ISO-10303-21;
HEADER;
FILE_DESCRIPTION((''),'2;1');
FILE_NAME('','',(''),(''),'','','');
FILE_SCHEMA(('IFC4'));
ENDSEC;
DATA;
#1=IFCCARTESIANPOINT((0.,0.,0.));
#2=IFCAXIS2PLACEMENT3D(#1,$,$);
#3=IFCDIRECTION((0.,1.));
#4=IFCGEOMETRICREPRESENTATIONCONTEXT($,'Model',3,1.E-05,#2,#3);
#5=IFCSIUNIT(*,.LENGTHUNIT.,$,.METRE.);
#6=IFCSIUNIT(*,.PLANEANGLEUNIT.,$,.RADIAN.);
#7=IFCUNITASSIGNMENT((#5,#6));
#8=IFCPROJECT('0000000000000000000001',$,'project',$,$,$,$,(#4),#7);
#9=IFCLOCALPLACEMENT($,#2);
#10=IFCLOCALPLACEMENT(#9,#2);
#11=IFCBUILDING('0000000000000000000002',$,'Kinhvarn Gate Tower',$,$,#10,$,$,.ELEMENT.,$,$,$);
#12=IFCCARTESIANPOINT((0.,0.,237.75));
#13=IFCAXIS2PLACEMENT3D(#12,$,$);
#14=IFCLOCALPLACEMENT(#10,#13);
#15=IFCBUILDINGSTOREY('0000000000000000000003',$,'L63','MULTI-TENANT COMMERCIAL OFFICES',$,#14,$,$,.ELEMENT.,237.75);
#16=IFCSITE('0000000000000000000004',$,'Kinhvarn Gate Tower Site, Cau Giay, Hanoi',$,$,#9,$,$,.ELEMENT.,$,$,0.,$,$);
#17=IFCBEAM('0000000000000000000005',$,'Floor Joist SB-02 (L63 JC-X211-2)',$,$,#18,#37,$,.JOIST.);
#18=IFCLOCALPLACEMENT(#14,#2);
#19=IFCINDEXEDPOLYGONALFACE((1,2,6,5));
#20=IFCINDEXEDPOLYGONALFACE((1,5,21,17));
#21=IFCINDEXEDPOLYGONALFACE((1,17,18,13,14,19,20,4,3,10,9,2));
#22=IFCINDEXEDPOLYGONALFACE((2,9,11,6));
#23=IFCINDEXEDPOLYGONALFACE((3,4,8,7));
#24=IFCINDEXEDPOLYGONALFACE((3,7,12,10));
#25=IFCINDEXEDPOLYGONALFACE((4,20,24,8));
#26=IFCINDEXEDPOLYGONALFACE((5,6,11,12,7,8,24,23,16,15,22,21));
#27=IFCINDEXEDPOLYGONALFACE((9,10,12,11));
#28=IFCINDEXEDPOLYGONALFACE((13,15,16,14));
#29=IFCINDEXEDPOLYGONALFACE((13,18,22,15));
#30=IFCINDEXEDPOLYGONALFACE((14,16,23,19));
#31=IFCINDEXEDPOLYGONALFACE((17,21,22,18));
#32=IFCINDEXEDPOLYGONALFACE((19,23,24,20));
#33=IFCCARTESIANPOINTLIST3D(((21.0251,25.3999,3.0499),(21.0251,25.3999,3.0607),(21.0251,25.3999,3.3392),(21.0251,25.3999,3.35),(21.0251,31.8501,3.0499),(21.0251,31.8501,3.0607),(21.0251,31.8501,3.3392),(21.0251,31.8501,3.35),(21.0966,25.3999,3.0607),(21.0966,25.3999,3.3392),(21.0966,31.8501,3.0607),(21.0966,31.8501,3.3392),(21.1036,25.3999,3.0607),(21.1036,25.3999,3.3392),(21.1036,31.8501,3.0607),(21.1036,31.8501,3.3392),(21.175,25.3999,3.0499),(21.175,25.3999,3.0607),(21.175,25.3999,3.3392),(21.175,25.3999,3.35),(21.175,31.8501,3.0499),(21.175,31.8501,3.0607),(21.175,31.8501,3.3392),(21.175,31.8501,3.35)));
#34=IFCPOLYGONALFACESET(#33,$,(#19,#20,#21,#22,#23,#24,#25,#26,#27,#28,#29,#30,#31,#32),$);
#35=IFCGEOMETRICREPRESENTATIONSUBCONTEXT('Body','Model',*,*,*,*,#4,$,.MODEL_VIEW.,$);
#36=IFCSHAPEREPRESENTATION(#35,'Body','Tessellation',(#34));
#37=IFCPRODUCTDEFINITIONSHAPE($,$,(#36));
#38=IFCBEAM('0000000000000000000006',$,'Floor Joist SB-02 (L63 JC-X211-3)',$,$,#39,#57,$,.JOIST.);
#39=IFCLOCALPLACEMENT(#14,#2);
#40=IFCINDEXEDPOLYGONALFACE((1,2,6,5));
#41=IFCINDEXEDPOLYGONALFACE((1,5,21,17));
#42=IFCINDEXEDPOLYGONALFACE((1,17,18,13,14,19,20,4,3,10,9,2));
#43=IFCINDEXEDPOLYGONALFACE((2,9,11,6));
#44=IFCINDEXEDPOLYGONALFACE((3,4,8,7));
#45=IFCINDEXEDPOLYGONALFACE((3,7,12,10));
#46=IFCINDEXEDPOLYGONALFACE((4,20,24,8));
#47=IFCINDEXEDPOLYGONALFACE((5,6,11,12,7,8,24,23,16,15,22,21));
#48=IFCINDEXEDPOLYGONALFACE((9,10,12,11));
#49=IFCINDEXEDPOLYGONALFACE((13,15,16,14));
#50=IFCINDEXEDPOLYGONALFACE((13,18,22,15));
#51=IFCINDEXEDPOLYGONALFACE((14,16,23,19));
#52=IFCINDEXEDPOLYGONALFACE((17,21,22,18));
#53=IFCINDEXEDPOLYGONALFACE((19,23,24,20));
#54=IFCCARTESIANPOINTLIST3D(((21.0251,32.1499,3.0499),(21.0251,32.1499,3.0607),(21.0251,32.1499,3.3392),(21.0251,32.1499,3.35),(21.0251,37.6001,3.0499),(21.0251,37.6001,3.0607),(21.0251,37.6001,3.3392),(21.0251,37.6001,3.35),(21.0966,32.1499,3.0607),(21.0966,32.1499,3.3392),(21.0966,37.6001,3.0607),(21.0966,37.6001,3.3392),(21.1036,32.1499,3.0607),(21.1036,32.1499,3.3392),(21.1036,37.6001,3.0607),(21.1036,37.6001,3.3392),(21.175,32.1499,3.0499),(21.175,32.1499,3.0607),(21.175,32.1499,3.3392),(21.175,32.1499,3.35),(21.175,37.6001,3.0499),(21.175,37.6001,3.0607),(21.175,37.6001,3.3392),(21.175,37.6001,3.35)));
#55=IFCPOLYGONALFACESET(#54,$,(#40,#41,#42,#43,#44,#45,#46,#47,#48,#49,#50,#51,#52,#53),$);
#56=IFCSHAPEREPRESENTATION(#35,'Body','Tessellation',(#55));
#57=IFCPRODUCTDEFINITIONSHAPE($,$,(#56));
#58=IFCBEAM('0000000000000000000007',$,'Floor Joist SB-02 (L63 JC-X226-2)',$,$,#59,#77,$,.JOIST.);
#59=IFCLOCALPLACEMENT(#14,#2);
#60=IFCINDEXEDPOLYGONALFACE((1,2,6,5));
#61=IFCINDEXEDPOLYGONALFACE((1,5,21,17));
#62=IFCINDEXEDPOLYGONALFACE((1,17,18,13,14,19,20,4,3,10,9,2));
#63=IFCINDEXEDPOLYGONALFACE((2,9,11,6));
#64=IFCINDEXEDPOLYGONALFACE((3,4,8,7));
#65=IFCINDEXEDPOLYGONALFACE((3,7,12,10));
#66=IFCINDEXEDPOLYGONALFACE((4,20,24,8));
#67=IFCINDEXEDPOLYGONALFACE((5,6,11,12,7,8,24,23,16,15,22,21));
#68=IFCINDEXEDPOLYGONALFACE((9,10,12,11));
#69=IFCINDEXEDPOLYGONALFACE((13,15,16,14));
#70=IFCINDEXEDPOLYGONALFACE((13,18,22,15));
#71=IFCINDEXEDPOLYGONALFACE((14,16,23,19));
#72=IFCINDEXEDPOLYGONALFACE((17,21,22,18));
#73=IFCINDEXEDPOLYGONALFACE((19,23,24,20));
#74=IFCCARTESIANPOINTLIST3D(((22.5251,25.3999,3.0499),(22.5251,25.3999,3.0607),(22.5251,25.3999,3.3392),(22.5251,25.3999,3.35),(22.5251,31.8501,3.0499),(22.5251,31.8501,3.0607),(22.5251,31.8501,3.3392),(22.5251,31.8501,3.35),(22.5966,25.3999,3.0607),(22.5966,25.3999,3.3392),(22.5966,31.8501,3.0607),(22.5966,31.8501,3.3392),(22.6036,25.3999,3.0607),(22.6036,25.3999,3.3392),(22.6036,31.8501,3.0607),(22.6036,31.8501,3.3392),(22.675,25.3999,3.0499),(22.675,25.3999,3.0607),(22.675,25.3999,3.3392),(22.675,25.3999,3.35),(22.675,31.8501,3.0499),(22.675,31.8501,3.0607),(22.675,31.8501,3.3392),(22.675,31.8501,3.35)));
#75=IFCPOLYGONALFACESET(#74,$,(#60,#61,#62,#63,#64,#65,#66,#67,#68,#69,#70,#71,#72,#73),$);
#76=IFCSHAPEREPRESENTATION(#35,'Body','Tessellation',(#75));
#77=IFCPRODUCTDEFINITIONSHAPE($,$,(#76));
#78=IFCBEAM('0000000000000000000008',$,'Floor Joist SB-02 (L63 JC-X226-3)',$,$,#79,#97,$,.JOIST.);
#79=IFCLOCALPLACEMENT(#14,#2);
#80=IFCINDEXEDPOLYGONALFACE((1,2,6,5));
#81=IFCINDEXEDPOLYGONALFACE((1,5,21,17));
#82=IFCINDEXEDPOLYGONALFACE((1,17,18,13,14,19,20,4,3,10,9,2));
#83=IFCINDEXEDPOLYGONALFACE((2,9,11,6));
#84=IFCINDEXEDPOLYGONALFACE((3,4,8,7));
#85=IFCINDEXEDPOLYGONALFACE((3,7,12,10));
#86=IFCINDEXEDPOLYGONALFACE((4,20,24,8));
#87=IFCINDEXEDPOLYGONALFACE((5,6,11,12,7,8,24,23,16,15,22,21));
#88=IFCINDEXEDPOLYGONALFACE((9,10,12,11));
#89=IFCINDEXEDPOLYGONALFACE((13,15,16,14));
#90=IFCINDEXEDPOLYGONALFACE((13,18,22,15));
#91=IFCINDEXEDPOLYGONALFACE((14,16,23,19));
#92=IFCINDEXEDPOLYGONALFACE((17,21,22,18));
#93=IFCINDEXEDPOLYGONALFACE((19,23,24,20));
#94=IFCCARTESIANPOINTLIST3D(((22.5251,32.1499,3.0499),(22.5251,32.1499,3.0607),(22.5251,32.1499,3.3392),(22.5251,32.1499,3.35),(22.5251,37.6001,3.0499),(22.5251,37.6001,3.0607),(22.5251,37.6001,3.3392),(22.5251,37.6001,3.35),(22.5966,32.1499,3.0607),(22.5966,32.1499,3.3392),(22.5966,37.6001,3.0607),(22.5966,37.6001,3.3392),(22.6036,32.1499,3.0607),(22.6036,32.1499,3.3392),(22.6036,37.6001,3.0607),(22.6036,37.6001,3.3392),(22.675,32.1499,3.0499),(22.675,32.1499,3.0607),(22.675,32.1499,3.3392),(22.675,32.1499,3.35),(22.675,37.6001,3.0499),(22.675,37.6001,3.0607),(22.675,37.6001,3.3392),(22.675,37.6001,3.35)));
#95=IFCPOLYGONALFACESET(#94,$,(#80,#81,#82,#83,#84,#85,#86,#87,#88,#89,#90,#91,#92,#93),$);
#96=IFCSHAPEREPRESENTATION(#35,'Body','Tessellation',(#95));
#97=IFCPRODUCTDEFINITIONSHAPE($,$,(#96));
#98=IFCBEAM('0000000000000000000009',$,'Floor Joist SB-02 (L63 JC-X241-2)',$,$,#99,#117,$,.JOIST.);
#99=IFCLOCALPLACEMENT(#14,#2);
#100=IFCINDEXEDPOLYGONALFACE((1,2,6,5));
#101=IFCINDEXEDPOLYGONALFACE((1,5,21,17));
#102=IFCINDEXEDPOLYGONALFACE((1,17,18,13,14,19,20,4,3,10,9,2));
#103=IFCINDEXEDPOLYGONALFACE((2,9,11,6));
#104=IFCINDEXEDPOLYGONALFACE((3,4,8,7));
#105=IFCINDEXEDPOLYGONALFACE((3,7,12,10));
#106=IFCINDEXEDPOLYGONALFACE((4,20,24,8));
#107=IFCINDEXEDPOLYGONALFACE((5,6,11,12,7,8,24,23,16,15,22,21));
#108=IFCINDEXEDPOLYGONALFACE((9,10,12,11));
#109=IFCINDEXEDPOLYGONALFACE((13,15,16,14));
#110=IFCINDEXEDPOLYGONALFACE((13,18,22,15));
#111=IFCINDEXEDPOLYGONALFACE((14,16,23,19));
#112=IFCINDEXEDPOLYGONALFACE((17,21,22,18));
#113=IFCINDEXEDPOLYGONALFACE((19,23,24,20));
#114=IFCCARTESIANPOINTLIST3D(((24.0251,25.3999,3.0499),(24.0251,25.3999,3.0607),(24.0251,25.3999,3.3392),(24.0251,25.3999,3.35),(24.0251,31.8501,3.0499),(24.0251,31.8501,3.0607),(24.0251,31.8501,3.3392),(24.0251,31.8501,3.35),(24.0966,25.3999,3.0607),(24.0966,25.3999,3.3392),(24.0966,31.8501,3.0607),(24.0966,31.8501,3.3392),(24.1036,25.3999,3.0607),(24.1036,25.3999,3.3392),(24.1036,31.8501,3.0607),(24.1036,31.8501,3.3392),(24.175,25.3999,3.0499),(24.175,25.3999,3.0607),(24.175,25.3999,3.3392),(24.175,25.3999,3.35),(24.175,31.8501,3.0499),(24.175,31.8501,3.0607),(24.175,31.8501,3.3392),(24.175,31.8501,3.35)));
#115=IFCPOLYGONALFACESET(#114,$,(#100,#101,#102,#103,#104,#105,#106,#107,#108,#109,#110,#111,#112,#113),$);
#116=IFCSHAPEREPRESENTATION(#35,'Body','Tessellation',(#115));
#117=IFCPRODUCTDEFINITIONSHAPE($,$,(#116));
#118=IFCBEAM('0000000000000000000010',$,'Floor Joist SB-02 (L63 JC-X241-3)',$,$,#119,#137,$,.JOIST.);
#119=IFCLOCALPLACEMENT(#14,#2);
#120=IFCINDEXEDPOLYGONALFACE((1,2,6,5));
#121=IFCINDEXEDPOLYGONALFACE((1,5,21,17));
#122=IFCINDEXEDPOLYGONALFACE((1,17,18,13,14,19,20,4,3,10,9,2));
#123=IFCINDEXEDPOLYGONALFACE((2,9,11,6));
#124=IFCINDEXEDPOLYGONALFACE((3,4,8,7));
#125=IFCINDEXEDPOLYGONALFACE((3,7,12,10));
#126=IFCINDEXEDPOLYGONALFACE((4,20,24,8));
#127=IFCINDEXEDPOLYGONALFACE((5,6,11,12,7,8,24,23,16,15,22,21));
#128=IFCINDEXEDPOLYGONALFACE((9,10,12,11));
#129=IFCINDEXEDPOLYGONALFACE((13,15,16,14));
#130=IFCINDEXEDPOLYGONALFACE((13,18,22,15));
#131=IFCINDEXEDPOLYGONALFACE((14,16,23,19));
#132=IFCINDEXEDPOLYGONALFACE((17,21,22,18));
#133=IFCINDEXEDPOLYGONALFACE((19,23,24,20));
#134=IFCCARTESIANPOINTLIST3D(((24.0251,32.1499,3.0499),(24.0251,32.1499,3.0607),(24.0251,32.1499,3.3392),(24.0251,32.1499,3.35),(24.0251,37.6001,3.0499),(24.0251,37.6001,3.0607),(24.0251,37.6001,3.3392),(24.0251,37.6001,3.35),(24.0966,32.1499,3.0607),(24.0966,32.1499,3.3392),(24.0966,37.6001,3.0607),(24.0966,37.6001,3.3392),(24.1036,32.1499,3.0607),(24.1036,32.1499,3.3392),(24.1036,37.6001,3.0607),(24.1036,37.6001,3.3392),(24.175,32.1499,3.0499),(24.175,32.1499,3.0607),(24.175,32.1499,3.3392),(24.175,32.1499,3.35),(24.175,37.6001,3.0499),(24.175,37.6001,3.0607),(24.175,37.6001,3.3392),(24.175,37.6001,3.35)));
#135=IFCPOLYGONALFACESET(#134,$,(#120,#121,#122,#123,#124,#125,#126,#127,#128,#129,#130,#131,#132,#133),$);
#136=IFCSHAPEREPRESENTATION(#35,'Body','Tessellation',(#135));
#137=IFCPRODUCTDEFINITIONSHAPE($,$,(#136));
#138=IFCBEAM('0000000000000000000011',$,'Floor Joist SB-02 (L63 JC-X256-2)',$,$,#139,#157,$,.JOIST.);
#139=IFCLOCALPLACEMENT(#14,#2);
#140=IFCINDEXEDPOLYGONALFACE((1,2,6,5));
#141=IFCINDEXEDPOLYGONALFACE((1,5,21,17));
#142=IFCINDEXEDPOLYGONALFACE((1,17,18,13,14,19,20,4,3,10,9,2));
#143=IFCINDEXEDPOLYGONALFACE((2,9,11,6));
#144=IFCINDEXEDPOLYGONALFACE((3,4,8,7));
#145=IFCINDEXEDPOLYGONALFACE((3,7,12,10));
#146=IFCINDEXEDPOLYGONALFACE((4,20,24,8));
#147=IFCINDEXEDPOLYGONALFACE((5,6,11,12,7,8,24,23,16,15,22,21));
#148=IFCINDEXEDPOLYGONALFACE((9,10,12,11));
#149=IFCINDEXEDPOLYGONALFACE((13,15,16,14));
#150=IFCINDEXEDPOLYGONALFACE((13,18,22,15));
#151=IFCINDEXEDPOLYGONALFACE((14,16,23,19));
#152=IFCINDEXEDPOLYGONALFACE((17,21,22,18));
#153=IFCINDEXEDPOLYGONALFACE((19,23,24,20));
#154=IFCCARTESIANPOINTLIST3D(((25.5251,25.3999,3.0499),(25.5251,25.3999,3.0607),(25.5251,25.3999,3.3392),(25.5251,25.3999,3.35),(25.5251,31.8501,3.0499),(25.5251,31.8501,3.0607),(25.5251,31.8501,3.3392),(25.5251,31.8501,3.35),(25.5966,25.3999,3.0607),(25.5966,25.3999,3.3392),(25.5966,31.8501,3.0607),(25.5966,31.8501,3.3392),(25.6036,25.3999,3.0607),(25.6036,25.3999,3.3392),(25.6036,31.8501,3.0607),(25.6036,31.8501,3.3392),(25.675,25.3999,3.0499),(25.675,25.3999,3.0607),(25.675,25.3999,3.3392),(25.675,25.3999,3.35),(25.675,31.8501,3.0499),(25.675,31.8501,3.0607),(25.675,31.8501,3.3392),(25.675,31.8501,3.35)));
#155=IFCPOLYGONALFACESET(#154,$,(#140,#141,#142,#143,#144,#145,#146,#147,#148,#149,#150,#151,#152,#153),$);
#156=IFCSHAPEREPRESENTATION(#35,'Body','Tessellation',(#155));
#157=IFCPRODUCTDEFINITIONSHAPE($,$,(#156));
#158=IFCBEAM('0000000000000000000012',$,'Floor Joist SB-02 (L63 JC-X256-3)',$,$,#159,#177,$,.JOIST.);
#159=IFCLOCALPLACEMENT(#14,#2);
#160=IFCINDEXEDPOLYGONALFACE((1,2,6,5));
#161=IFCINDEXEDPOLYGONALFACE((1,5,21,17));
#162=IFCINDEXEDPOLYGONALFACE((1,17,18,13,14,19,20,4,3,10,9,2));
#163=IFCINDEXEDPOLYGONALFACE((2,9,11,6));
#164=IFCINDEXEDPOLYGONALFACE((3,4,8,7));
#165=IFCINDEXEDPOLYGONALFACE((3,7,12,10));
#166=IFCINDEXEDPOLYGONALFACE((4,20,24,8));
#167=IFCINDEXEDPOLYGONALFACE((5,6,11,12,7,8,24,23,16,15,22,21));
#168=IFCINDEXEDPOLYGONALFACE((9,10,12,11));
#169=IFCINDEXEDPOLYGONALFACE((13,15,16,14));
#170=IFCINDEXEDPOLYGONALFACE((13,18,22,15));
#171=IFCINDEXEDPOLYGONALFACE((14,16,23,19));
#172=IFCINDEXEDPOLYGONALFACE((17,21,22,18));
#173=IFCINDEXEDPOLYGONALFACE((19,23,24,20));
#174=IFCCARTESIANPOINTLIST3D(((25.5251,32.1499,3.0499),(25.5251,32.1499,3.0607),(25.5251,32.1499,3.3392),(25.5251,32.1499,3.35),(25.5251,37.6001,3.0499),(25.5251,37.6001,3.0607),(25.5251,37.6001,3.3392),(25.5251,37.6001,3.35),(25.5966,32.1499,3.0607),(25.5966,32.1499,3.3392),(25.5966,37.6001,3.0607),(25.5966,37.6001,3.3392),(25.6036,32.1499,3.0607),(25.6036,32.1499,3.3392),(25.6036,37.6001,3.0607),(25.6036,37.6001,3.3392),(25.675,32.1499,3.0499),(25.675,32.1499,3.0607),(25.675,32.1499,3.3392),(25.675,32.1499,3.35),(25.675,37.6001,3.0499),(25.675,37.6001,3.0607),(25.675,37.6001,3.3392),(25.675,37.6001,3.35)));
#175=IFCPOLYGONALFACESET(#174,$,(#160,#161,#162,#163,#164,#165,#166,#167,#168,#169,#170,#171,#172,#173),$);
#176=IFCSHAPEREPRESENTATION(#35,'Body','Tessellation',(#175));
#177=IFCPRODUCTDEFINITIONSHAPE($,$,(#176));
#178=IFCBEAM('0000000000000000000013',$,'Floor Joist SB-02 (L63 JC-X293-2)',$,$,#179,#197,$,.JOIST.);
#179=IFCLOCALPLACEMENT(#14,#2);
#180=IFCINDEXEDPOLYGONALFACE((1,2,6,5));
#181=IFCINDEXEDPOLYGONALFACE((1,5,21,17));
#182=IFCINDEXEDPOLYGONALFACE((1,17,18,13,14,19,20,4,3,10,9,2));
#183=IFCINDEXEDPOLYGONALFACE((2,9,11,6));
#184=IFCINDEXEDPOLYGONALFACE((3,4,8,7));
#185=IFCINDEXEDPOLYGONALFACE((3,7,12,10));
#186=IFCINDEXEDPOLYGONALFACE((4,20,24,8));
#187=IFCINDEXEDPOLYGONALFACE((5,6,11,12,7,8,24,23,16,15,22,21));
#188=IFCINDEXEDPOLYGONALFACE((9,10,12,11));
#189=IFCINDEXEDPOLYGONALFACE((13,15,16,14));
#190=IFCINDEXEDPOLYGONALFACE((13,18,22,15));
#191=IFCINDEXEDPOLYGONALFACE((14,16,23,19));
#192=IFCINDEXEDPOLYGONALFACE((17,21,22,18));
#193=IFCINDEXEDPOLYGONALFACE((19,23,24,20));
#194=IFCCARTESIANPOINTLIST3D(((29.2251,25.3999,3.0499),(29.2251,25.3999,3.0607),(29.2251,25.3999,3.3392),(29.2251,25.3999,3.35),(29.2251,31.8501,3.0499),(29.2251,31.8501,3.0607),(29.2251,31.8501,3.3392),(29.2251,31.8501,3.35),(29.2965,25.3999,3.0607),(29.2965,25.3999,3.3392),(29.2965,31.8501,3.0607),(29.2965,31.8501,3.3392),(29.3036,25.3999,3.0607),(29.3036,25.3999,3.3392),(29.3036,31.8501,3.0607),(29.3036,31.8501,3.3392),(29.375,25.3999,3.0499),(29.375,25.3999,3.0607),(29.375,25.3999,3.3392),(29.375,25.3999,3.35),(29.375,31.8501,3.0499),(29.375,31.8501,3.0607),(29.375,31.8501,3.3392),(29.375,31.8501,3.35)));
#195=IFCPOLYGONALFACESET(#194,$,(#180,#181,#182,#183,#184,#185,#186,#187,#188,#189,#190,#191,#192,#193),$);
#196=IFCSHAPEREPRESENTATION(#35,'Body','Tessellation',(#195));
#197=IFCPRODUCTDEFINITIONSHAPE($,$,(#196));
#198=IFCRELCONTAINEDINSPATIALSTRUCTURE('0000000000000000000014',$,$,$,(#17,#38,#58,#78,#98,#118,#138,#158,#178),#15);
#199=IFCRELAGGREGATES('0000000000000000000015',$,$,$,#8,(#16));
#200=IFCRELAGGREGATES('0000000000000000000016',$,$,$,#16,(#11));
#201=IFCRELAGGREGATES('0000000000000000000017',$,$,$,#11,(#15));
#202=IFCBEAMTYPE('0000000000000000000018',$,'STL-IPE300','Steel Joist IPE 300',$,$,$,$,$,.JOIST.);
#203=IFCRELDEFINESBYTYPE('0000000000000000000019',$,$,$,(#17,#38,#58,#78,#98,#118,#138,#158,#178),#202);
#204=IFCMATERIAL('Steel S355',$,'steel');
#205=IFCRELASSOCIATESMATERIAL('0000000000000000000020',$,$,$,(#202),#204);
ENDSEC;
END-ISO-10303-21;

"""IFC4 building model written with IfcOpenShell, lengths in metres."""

from ifc_helpers import new_model, si_unit, direction, frame, origin, origin_2d, place, context, subcontext, project, spatial, i_section, extrude, material, material_profile, profile_set, type_object, element, save


model = new_model("IFC4")

# Units and contexts
model_context = context("Model", 3, precision=1e-05, world=origin(), true_north=direction((0.0, 1.0)))
body_context = subcontext(model_context, "Body", "Model", "MODEL_VIEW")
ifc_project = project(units=[si_unit("LENGTHUNIT", "METRE"), si_unit("PLANEANGLEUNIT", "RADIAN")], contexts=[model_context])

# Site, building, storey
site_placement = place(None, origin())
site = spatial("IfcSite", under=ifc_project, at=site_placement, Name="Kinhvarn Gate Tower Site, Cau Giay, Hanoi", CompositionType="ELEMENT", RefElevation=0.0)
building_placement = place(site_placement, origin())
building = spatial("IfcBuilding", under=site, at=building_placement, Name="Kinhvarn Gate Tower", CompositionType="ELEMENT")
storey_placement = place(building_placement, frame((0.0, 0.0, 237.75)))
storey = spatial("IfcBuildingStorey", under=building, at=storey_placement, Name="L63", Description="MULTI-TENANT COMMERCIAL OFFICES", CompositionType="ELEMENT", Elevation=237.75)

# Beams
ifc_material_1 = material(Name="Steel S355", Category="steel")
ifc_material_profile = material_profile(ifc_material_1, i_section(OverallWidth=0.1499, OverallDepth=0.3, WebThickness=0.0071, FlangeThickness=0.0107, at=origin_2d()), Name="IPE 300")
ifc_profile_set = profile_set([ifc_material_profile], Name="Steel S355")
beam_type = type_object("IfcBeamType", Name="STL-IPE300", Description="Steel Joist IPE 300", PredefinedType="JOIST", material=ifc_profile_set)
beam_1_placement = place(storey_placement, frame((21.1001, 25.3999, 3.2), z_axis=(0.0, 1.0, 0.0), x_axis=(-1.0, 0.0, 0.0)))
element("IfcBeam", 1, at=beam_1_placement, inside=storey, type_object=beam_type, Name="Floor Joist SB-02 (L63 JC-X211-2)", PredefinedType="JOIST", context=body_context, shape_type="SweptSolid", body=[
    extrude(i_section(OverallWidth=0.1499, OverallDepth=0.3, WebThickness=0.0071, FlangeThickness=0.0107, at=origin_2d()), origin(), (0.0, 0.0, 1.0), 6.4502),
])
beam_2_placement = place(storey_placement, frame((21.1001, 32.1499, 3.2), z_axis=(0.0, 1.0, 0.0), x_axis=(-1.0, 0.0, 0.0)))
element("IfcBeam", 2, at=beam_2_placement, inside=storey, type_object=beam_type, Name="Floor Joist SB-02 (L63 JC-X211-3)", PredefinedType="JOIST", context=body_context, shape_type="SweptSolid", body=[
    extrude(i_section(OverallWidth=0.1499, OverallDepth=0.3, WebThickness=0.0071, FlangeThickness=0.0107, at=origin_2d()), origin(), (0.0, 0.0, 1.0), 5.4502),
])
beam_3_placement = place(storey_placement, frame((22.6001, 25.3999, 3.2), z_axis=(0.0, 1.0, 0.0), x_axis=(-1.0, 0.0, 0.0)))
element("IfcBeam", 3, at=beam_3_placement, inside=storey, type_object=beam_type, Name="Floor Joist SB-02 (L63 JC-X226-2)", PredefinedType="JOIST", context=body_context, shape_type="SweptSolid", body=[
    extrude(i_section(OverallWidth=0.1499, OverallDepth=0.3, WebThickness=0.0071, FlangeThickness=0.0107, at=origin_2d()), origin(), (0.0, 0.0, 1.0), 6.4502),
])
beam_4_placement = place(storey_placement, frame((22.6001, 32.1499, 3.2), z_axis=(0.0, 1.0, 0.0), x_axis=(-1.0, 0.0, 0.0)))
element("IfcBeam", 4, at=beam_4_placement, inside=storey, type_object=beam_type, Name="Floor Joist SB-02 (L63 JC-X226-3)", PredefinedType="JOIST", context=body_context, shape_type="SweptSolid", body=[
    extrude(i_section(OverallWidth=0.1499, OverallDepth=0.3, WebThickness=0.0071, FlangeThickness=0.0107, at=origin_2d()), origin(), (0.0, 0.0, 1.0), 5.4502),
])
beam_5_placement = place(storey_placement, frame((24.1001, 25.3999, 3.2), z_axis=(0.0, 1.0, 0.0), x_axis=(-1.0, 0.0, 0.0)))
element("IfcBeam", 5, at=beam_5_placement, inside=storey, type_object=beam_type, Name="Floor Joist SB-02 (L63 JC-X241-2)", PredefinedType="JOIST", context=body_context, shape_type="SweptSolid", body=[
    extrude(i_section(OverallWidth=0.1499, OverallDepth=0.3, WebThickness=0.0071, FlangeThickness=0.0107, at=origin_2d()), origin(), (0.0, 0.0, 1.0), 6.4502),
])
beam_6_placement = place(storey_placement, frame((24.1001, 32.1499, 3.2), z_axis=(0.0, 1.0, 0.0), x_axis=(-1.0, 0.0, 0.0)))
element("IfcBeam", 6, at=beam_6_placement, inside=storey, type_object=beam_type, Name="Floor Joist SB-02 (L63 JC-X241-3)", PredefinedType="JOIST", context=body_context, shape_type="SweptSolid", body=[
    extrude(i_section(OverallWidth=0.1499, OverallDepth=0.3, WebThickness=0.0071, FlangeThickness=0.0107, at=origin_2d()), origin(), (0.0, 0.0, 1.0), 5.4502),
])
beam_7_placement = place(storey_placement, frame((25.6001, 25.3999, 3.2), z_axis=(0.0, 1.0, 0.0), x_axis=(-1.0, 0.0, 0.0)))
element("IfcBeam", 7, at=beam_7_placement, inside=storey, type_object=beam_type, Name="Floor Joist SB-02 (L63 JC-X256-2)", PredefinedType="JOIST", context=body_context, shape_type="SweptSolid", body=[
    extrude(i_section(OverallWidth=0.1499, OverallDepth=0.3, WebThickness=0.0071, FlangeThickness=0.0107, at=origin_2d()), origin(), (0.0, 0.0, 1.0), 6.4502),
])
beam_8_placement = place(storey_placement, frame((25.6001, 32.1499, 3.2), z_axis=(0.0, 1.0, 0.0), x_axis=(-1.0, 0.0, 0.0)))
element("IfcBeam", 8, at=beam_8_placement, inside=storey, type_object=beam_type, Name="Floor Joist SB-02 (L63 JC-X256-3)", PredefinedType="JOIST", context=body_context, shape_type="SweptSolid", body=[
    extrude(i_section(OverallWidth=0.1499, OverallDepth=0.3, WebThickness=0.0071, FlangeThickness=0.0107, at=origin_2d()), origin(), (0.0, 0.0, 1.0), 5.4502),
])
beam_9_placement = place(storey_placement, frame((29.3, 25.3999, 3.2), z_axis=(0.0, 1.0, 0.0), x_axis=(-1.0, 0.0, 0.0)))
element("IfcBeam", 9, at=beam_9_placement, inside=storey, type_object=beam_type, Name="Floor Joist SB-02 (L63 JC-X293-2)", PredefinedType="JOIST", context=body_context, shape_type="SweptSolid", body=[
    extrude(i_section(OverallWidth=0.1499, OverallDepth=0.3, WebThickness=0.0071, FlangeThickness=0.0107, at=origin_2d()), origin(), (0.0, 0.0, 1.0), 6.4502),
])

save(model, "model.ifc")
